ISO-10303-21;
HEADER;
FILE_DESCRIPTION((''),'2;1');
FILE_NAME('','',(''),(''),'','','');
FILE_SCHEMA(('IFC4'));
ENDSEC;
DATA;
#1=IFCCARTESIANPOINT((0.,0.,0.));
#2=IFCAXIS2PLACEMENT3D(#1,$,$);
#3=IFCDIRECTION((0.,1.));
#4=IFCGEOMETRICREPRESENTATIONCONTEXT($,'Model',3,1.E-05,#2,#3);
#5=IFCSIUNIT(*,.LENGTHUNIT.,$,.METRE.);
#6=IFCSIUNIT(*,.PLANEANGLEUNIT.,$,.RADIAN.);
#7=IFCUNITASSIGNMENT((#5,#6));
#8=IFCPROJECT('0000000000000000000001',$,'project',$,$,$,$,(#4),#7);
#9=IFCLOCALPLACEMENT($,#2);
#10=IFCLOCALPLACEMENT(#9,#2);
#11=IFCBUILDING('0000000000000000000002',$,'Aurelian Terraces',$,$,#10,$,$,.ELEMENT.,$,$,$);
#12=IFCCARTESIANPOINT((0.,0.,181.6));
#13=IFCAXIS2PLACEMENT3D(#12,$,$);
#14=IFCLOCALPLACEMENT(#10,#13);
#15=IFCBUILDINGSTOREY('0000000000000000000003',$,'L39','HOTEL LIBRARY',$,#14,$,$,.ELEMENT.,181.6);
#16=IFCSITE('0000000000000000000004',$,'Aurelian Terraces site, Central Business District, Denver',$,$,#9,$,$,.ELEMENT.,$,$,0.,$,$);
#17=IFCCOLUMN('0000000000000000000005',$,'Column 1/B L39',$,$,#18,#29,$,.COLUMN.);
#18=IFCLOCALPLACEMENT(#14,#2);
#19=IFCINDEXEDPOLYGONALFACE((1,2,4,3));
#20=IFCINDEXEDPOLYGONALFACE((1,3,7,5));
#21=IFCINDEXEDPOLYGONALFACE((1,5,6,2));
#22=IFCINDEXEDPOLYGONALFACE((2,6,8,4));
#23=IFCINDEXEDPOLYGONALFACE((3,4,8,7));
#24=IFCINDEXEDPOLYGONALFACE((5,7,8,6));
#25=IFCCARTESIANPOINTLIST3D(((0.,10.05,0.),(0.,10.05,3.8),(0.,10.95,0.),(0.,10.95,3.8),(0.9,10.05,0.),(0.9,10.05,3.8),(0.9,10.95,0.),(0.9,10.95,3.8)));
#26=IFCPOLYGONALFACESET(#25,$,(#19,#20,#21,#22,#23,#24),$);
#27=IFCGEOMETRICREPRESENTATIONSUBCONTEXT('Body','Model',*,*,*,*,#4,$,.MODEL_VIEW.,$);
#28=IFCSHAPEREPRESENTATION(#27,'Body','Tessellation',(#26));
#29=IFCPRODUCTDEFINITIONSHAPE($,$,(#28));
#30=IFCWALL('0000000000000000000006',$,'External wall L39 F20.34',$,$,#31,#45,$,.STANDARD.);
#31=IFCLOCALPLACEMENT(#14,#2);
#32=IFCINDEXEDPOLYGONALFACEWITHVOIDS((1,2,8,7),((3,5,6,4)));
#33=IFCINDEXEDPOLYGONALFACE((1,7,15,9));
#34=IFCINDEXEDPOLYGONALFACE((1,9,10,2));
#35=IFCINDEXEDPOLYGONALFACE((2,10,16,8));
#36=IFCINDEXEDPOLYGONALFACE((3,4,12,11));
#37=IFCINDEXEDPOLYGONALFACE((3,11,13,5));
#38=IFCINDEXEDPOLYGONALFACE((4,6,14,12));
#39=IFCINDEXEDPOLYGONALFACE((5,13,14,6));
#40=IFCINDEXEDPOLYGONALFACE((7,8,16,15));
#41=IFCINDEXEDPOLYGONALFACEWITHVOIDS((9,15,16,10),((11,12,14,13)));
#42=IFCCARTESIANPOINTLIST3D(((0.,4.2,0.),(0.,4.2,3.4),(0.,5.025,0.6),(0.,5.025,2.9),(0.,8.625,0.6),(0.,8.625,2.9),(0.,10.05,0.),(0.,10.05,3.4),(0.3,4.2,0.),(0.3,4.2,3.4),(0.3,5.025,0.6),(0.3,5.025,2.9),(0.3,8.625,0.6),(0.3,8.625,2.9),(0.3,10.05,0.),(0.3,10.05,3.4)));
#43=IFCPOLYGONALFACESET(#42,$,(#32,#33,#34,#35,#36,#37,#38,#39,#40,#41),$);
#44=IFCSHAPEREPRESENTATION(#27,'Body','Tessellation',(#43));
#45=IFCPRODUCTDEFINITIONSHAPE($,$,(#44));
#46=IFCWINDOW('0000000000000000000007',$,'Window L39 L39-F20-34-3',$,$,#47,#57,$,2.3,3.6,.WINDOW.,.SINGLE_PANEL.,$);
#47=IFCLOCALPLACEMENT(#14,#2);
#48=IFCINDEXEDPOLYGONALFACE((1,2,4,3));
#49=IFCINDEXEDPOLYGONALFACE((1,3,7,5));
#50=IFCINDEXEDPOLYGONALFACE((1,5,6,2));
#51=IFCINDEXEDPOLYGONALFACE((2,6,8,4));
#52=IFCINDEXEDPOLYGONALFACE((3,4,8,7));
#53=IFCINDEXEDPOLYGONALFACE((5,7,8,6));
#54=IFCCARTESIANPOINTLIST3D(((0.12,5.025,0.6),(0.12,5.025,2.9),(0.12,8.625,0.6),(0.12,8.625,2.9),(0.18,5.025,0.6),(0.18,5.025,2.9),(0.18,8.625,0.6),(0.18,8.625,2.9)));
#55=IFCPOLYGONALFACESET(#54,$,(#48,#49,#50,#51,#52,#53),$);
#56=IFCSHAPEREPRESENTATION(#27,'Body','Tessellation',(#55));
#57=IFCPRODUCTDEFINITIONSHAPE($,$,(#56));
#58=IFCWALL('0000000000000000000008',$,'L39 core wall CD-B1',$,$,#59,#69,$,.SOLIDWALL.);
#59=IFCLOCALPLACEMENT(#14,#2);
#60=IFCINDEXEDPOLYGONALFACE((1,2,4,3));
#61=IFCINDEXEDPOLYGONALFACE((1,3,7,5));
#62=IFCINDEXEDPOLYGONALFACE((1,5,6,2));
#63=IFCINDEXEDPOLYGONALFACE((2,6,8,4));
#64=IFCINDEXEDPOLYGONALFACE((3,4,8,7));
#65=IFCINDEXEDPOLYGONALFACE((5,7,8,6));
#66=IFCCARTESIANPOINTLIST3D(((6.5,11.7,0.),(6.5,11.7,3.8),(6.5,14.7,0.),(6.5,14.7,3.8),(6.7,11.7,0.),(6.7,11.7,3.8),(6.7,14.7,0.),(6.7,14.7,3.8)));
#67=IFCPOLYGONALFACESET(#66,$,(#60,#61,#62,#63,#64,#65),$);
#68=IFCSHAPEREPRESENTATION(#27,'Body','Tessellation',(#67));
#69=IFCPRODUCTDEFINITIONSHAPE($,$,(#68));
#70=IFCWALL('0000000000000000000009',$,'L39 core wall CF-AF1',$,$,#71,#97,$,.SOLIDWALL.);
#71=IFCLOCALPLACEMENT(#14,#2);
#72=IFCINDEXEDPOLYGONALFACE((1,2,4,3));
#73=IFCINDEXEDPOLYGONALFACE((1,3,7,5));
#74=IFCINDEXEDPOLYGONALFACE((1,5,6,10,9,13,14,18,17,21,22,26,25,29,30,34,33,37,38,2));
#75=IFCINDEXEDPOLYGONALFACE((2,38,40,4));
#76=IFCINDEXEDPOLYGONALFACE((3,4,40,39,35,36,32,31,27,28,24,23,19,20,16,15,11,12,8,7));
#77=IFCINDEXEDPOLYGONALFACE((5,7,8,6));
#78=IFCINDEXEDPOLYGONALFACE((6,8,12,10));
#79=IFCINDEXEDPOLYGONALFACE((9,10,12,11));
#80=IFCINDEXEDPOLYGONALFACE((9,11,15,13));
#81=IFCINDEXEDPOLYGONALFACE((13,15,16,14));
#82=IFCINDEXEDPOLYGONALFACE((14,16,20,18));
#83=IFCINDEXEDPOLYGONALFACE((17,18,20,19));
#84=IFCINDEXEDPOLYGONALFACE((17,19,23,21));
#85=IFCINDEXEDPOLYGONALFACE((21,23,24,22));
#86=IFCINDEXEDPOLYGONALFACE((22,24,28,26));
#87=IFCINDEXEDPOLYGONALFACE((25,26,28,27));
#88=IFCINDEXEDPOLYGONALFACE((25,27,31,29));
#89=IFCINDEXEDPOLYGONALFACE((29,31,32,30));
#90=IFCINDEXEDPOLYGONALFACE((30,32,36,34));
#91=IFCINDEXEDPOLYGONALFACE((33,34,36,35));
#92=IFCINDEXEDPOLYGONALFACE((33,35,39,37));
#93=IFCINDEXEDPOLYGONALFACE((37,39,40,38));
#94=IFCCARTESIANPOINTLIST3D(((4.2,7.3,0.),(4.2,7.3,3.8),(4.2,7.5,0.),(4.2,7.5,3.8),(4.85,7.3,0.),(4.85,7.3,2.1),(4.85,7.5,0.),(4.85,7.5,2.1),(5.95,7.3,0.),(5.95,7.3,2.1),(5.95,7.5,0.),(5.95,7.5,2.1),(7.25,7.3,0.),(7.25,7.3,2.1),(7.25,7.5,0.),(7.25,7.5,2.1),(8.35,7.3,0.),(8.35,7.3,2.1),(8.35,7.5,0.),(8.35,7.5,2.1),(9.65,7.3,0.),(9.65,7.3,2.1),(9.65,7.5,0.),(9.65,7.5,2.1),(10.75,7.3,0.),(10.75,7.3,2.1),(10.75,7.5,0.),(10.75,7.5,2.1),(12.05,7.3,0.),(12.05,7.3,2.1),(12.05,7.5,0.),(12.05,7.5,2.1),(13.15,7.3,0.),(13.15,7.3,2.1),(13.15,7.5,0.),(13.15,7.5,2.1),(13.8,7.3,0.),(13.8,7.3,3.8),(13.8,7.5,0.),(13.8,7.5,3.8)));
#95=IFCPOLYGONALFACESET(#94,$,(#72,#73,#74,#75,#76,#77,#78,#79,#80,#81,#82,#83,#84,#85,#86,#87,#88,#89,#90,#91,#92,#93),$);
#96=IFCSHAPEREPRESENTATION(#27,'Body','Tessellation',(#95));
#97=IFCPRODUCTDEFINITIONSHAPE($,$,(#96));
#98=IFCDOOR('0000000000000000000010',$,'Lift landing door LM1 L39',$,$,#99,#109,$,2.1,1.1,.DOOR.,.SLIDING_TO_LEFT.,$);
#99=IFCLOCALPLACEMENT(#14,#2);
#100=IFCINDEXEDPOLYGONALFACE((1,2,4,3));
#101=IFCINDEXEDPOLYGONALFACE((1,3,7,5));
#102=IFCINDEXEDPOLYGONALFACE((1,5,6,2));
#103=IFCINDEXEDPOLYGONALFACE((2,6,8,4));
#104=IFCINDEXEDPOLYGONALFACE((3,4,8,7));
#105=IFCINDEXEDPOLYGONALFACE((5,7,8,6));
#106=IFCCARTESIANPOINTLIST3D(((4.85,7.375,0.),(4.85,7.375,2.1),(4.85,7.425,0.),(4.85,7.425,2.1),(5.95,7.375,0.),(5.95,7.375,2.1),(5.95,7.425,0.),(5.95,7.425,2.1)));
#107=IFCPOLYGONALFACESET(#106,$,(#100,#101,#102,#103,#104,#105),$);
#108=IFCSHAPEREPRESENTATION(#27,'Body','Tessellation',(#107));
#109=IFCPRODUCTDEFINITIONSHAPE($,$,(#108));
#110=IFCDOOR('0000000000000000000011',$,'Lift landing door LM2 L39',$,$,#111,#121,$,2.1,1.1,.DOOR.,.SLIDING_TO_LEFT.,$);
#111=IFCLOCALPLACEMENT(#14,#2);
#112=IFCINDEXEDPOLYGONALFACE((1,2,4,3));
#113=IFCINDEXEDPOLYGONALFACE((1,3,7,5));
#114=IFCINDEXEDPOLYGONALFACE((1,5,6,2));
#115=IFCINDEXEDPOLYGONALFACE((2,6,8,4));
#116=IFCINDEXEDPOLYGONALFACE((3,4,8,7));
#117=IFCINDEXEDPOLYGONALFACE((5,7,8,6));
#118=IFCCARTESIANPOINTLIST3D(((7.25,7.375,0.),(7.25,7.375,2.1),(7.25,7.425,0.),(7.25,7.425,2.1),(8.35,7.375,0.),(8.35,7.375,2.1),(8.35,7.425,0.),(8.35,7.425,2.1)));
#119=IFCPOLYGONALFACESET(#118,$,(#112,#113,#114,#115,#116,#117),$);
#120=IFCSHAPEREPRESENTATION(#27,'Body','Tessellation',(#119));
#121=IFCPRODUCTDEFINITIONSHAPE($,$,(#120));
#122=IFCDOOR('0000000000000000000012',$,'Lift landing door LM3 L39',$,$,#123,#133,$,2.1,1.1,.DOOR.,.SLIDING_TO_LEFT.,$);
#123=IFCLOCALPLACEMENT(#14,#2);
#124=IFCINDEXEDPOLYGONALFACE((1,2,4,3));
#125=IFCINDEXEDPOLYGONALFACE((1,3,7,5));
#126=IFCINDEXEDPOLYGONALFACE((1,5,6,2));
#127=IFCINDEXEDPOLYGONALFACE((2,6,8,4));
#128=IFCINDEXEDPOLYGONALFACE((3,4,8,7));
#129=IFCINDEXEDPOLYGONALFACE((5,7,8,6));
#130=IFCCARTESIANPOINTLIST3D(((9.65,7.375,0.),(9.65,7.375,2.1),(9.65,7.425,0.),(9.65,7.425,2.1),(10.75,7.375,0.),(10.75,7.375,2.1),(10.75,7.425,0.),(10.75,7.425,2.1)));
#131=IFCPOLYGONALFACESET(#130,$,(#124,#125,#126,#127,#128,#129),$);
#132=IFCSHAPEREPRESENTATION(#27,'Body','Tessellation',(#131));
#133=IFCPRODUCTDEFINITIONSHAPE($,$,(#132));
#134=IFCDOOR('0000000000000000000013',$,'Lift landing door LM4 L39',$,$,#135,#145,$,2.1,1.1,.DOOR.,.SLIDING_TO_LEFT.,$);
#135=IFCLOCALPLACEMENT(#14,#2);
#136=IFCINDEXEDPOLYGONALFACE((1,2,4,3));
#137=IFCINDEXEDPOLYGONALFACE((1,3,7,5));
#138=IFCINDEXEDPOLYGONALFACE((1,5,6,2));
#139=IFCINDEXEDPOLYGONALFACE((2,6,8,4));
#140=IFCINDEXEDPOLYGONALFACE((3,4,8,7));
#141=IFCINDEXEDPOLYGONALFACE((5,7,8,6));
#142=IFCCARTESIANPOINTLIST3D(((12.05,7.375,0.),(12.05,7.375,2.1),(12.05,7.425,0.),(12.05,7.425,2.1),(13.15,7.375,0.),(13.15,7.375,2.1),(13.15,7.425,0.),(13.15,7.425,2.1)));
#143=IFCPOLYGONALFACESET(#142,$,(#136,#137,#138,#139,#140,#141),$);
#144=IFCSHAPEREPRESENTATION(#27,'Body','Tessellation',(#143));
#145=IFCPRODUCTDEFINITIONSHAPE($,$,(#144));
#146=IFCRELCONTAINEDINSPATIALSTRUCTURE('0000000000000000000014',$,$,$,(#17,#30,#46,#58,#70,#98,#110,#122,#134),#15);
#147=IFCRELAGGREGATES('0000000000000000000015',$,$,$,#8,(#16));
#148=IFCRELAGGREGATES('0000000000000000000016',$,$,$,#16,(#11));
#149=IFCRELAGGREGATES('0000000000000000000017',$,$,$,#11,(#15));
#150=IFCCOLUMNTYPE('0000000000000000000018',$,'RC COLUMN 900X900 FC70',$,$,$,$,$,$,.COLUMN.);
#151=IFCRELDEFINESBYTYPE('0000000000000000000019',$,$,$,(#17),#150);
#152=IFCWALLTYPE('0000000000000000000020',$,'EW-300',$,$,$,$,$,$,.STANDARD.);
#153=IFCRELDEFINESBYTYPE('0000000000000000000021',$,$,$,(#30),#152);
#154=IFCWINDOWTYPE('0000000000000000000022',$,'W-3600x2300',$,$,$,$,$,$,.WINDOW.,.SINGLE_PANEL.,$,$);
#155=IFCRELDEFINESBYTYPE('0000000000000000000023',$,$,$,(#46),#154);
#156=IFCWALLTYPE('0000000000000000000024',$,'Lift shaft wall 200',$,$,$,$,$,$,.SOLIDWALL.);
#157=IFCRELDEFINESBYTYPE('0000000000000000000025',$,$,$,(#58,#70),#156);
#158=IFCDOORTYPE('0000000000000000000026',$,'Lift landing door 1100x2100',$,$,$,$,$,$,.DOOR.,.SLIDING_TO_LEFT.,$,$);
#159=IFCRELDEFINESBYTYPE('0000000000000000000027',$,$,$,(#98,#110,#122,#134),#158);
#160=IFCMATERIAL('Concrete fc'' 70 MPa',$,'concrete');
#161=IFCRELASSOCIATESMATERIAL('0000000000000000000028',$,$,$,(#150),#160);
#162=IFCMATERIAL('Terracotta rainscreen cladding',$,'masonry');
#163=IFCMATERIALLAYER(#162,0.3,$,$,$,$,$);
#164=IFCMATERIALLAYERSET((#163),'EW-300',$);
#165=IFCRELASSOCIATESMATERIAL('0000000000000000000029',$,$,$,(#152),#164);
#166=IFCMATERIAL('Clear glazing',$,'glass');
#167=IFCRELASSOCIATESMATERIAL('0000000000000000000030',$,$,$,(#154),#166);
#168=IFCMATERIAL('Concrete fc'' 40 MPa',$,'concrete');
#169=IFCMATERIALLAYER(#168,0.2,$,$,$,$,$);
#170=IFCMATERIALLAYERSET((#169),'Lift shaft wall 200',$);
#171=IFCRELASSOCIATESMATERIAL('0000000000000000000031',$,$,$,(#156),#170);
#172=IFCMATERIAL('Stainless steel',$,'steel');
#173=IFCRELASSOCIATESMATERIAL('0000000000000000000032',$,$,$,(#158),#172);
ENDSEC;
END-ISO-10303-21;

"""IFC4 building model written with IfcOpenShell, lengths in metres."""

from ifc_helpers import new_model, si_unit, direction, frame, frame_2d, origin, origin_2d, place, context, subcontext, project, spatial, rectangle, extrude, source, transform, mapped, material, layer, layer_set, material_profile, profile_set, type_object, element, fill, save


model = new_model("IFC4")

# Units and contexts
model_context = context("Model", 3, precision=1e-05, world=origin(), true_north=direction((0.0, 1.0)))
body_context = subcontext(model_context, "Body", "Model", "MODEL_VIEW")
ifc_project = project(units=[si_unit("LENGTHUNIT", "METRE"), si_unit("PLANEANGLEUNIT", "RADIAN")], contexts=[model_context])

# Site, building, storey
site_placement = place(None, origin())
site = spatial("IfcSite", under=ifc_project, at=site_placement, Name="Aurelian Terraces site, Central Business District, Denver", CompositionType="ELEMENT", RefElevation=0.0)
building_placement = place(site_placement, origin())
building = spatial("IfcBuilding", under=site, at=building_placement, Name="Aurelian Terraces", CompositionType="ELEMENT")
storey_placement = place(building_placement, frame((0.0, 0.0, 181.6)))
storey = spatial("IfcBuildingStorey", under=building, at=storey_placement, Name="L39", Description="HOTEL LIBRARY", CompositionType="ELEMENT", Elevation=181.6)

# Column
ifc_material_1 = material(Name="Concrete fc' 70 MPa", Category="concrete")
ifc_material_profile = material_profile(ifc_material_1, rectangle(XDim=0.9, YDim=0.9, at=origin_2d()))
ifc_profile_set = profile_set([ifc_material_profile], Name="Concrete fc' 70 MPa")
column_type = type_object("IfcColumnType", Name="RC COLUMN 900X900 FC70", PredefinedType="COLUMN", material=ifc_profile_set)
shared_shape_1 = source(origin(), body_context, "Body", "SweptSolid", [
    extrude(rectangle(XDim=0.9, YDim=0.9, at=origin_2d()), origin(), (0.0, 0.0, 1.0), 3.8),
])
column_placement = place(storey_placement, frame((0.45, 10.5, 0.0), z_axis=(0.0, 0.0, 1.0), x_axis=(1.0, 0.0, 0.0)))
element("IfcColumn", 1, at=column_placement, inside=storey, type_object=column_type, Name="Column 1/B L39", PredefinedType="COLUMN", context=body_context, shape_type="MappedRepresentation", body=[
    mapped(shared_shape_1, transform((0.0, 0.0, 0.0), scale=1.0)),
])

# Wall, opening, window
ifc_material_2 = material(Name="Terracotta rainscreen cladding", Category="masonry")
ifc_layer_1 = layer(ifc_material_2, 0.3)
ifc_layer_set_1 = layer_set([ifc_layer_1], Name="EW-300")
wall_type_1 = type_object("IfcWallType", Name="EW-300", PredefinedType="STANDARD", material=ifc_layer_set_1)
shared_shape_2 = source(origin(), body_context, "Body", "SweptSolid", [
    extrude(rectangle(XDim=5.85, YDim=0.3, at=frame_2d((2.925, 0.0))), origin(), (0.0, 0.0, 1.0), 3.4),
])
wall_1_placement = place(storey_placement, frame((0.15, 10.05, 0.0), z_axis=(0.0, 0.0, 1.0), x_axis=(0.0, -1.0, 0.0)))
wall_1 = element("IfcWall", 2, at=wall_1_placement, inside=storey, type_object=wall_type_1, Name="External wall L39 F20.34", PredefinedType="STANDARD", context=body_context, shape_type="MappedRepresentation", body=[
    mapped(shared_shape_2, transform((0.0, 0.0, 0.0), scale=1.0)),
])
shared_shape_3 = source(origin(), body_context, "Body", "SweptSolid", [
    extrude(rectangle(XDim=3.6, YDim=2.3, at=frame_2d((1.8, 1.15))), frame((0.0, 0.16, 0.0), z_axis=(0.0, -1.0, 0.0), x_axis=(1.0, 0.0, 0.0)), (0.0, 0.0, 1.0), 0.32),
])
opening_1_placement = place(wall_1_placement, frame((1.425, 0.0, 0.6)))
opening_1 = element("IfcOpeningElement", 3, at=opening_1_placement, cuts=wall_1, PredefinedType="OPENING", context=body_context, shape_type="MappedRepresentation", body=[
    mapped(shared_shape_3, transform((0.0, 0.0, 0.0), scale=1.0)),
])
ifc_material_3 = material(Name="Clear glazing", Category="glass")
window_type = type_object("IfcWindowType", Name="W-3600x2300", PartitioningType="SINGLE_PANEL", PredefinedType="WINDOW", material=ifc_material_3)
shared_shape_4 = source(origin(), body_context, "Body", "SweptSolid", [
    extrude(rectangle(XDim=3.6, YDim=2.3, at=frame_2d((1.8, 1.15))), frame((0.0, 0.03, 0.0), z_axis=(0.0, -1.0, 0.0), x_axis=(1.0, 0.0, 0.0)), (0.0, 0.0, 1.0), 0.06),
])
window_placement = place(opening_1_placement, origin())
window = element("IfcWindow", 4, at=window_placement, inside=storey, type_object=window_type, Name="Window L39 L39-F20-34-3", OverallHeight=2.3, OverallWidth=3.6, PartitioningType="SINGLE_PANEL", PredefinedType="WINDOW", context=body_context, shape_type="MappedRepresentation", body=[
    mapped(shared_shape_4, transform((0.0, 0.0, 0.0), scale=1.0)),
])
fill(opening_1, window)

# Wall
ifc_material_4 = material(Name="Concrete fc' 40 MPa", Category="concrete")
ifc_layer_2 = layer(ifc_material_4, 0.2)
ifc_layer_set_2 = layer_set([ifc_layer_2], Name="Lift shaft wall 200")
wall_type_2 = type_object("IfcWallType", Name="Lift shaft wall 200", PredefinedType="SOLIDWALL", material=ifc_layer_set_2)
shared_shape_5 = source(origin(), body_context, "Body", "SweptSolid", [
    extrude(rectangle(XDim=3.0, YDim=0.2, at=frame_2d((1.5, 0.0))), origin(), (0.0, 0.0, 1.0), 3.8),
])
wall_2_placement = place(storey_placement, frame((6.6, 11.7, 0.0), z_axis=(0.0, 0.0, 1.0), x_axis=(0.0, 1.0, 0.0)))
element("IfcWall", 5, at=wall_2_placement, inside=storey, type_object=wall_type_2, Name="L39 core wall CD-B1", PredefinedType="SOLIDWALL", context=body_context, shape_type="MappedRepresentation", body=[
    mapped(shared_shape_5, transform((0.0, 0.0, 0.0), scale=1.0)),
])

# Wall, openings, doors
shared_shape_6 = source(origin(), body_context, "Body", "SweptSolid", [
    extrude(rectangle(XDim=9.6, YDim=0.2, at=frame_2d((4.8, 0.0))), origin(), (0.0, 0.0, 1.0), 3.8),
])
wall_3_placement = place(storey_placement, frame((4.2, 7.4, 0.0), z_axis=(0.0, 0.0, 1.0), x_axis=(1.0, 0.0, 0.0)))
wall_3 = element("IfcWall", 6, at=wall_3_placement, inside=storey, type_object=wall_type_2, Name="L39 core wall CF-AF1", PredefinedType="SOLIDWALL", context=body_context, shape_type="MappedRepresentation", body=[
    mapped(shared_shape_6, transform((0.0, 0.0, 0.0), scale=1.0)),
])
shared_shape_7 = source(origin(), body_context, "Body", "SweptSolid", [
    extrude(rectangle(XDim=1.1, YDim=2.1, at=frame_2d((0.55, 1.05))), frame((0.0, 0.11, 0.0), z_axis=(0.0, -1.0, 0.0), x_axis=(1.0, 0.0, 0.0)), (0.0, 0.0, 1.0), 0.22),
])
opening_2_placement = place(wall_3_placement, frame((0.65, 0.0, 0.0)))
opening_2 = element("IfcOpeningElement", 7, at=opening_2_placement, cuts=wall_3, PredefinedType="OPENING", context=body_context, shape_type="MappedRepresentation", body=[
    mapped(shared_shape_7, transform((0.0, 0.0, 0.0), scale=1.0)),
])
opening_3_placement = place(wall_3_placement, frame((3.05, 0.0, 0.0)))
opening_3 = element("IfcOpeningElement", 8, at=opening_3_placement, cuts=wall_3, PredefinedType="OPENING", context=body_context, shape_type="MappedRepresentation", body=[
    mapped(shared_shape_7, transform((0.0, 0.0, 0.0), scale=1.0)),
])
opening_4_placement = place(wall_3_placement, frame((5.45, 0.0, 0.0)))
opening_4 = element("IfcOpeningElement", 9, at=opening_4_placement, cuts=wall_3, PredefinedType="OPENING", context=body_context, shape_type="MappedRepresentation", body=[
    mapped(shared_shape_7, transform((0.0, 0.0, 0.0), scale=1.0)),
])
opening_5_placement = place(wall_3_placement, frame((7.85, 0.0, 0.0)))
opening_5 = element("IfcOpeningElement", 10, at=opening_5_placement, cuts=wall_3, PredefinedType="OPENING", context=body_context, shape_type="MappedRepresentation", body=[
    mapped(shared_shape_7, transform((0.0, 0.0, 0.0), scale=1.0)),
])
ifc_material_5 = material(Name="Stainless steel", Category="steel")
door_type = type_object("IfcDoorType", Name="Lift landing door 1100x2100", OperationType="SLIDING_TO_LEFT", PredefinedType="DOOR", material=ifc_material_5)
shared_shape_8 = source(origin(), body_context, "Body", "SweptSolid", [
    extrude(rectangle(XDim=1.1, YDim=2.1, at=frame_2d((0.55, 1.05))), frame((0.0, 0.025, 0.0), z_axis=(0.0, -1.0, 0.0), x_axis=(1.0, 0.0, 0.0)), (0.0, 0.0, 1.0), 0.05),
])
door_1_placement = place(opening_2_placement, origin())
door_1 = element("IfcDoor", 11, at=door_1_placement, inside=storey, type_object=door_type, Name="Lift landing door LM1 L39", OperationType="SLIDING_TO_LEFT", OverallHeight=2.1, OverallWidth=1.1, PredefinedType="DOOR", context=body_context, shape_type="MappedRepresentation", body=[
    mapped(shared_shape_8, transform((0.0, 0.0, 0.0), scale=1.0)),
])
fill(opening_2, door_1)
door_2_placement = place(opening_3_placement, origin())
door_2 = element("IfcDoor", 12, at=door_2_placement, inside=storey, type_object=door_type, Name="Lift landing door LM2 L39", OperationType="SLIDING_TO_LEFT", OverallHeight=2.1, OverallWidth=1.1, PredefinedType="DOOR", context=body_context, shape_type="MappedRepresentation", body=[
    mapped(shared_shape_8, transform((0.0, 0.0, 0.0), scale=1.0)),
])
fill(opening_3, door_2)
door_3_placement = place(opening_4_placement, origin())
door_3 = element("IfcDoor", 13, at=door_3_placement, inside=storey, type_object=door_type, Name="Lift landing door LM3 L39", OperationType="SLIDING_TO_LEFT", OverallHeight=2.1, OverallWidth=1.1, PredefinedType="DOOR", context=body_context, shape_type="MappedRepresentation", body=[
    mapped(shared_shape_8, transform((0.0, 0.0, 0.0), scale=1.0)),
])
fill(opening_4, door_3)
door_4_placement = place(opening_5_placement, origin())
door_4 = element("IfcDoor", 14, at=door_4_placement, inside=storey, type_object=door_type, Name="Lift landing door LM4 L39", OperationType="SLIDING_TO_LEFT", OverallHeight=2.1, OverallWidth=1.1, PredefinedType="DOOR", context=body_context, shape_type="MappedRepresentation", body=[
    mapped(shared_shape_8, transform((0.0, 0.0, 0.0), scale=1.0)),
])
fill(opening_5, door_4)

save(model, "model.ifc")
